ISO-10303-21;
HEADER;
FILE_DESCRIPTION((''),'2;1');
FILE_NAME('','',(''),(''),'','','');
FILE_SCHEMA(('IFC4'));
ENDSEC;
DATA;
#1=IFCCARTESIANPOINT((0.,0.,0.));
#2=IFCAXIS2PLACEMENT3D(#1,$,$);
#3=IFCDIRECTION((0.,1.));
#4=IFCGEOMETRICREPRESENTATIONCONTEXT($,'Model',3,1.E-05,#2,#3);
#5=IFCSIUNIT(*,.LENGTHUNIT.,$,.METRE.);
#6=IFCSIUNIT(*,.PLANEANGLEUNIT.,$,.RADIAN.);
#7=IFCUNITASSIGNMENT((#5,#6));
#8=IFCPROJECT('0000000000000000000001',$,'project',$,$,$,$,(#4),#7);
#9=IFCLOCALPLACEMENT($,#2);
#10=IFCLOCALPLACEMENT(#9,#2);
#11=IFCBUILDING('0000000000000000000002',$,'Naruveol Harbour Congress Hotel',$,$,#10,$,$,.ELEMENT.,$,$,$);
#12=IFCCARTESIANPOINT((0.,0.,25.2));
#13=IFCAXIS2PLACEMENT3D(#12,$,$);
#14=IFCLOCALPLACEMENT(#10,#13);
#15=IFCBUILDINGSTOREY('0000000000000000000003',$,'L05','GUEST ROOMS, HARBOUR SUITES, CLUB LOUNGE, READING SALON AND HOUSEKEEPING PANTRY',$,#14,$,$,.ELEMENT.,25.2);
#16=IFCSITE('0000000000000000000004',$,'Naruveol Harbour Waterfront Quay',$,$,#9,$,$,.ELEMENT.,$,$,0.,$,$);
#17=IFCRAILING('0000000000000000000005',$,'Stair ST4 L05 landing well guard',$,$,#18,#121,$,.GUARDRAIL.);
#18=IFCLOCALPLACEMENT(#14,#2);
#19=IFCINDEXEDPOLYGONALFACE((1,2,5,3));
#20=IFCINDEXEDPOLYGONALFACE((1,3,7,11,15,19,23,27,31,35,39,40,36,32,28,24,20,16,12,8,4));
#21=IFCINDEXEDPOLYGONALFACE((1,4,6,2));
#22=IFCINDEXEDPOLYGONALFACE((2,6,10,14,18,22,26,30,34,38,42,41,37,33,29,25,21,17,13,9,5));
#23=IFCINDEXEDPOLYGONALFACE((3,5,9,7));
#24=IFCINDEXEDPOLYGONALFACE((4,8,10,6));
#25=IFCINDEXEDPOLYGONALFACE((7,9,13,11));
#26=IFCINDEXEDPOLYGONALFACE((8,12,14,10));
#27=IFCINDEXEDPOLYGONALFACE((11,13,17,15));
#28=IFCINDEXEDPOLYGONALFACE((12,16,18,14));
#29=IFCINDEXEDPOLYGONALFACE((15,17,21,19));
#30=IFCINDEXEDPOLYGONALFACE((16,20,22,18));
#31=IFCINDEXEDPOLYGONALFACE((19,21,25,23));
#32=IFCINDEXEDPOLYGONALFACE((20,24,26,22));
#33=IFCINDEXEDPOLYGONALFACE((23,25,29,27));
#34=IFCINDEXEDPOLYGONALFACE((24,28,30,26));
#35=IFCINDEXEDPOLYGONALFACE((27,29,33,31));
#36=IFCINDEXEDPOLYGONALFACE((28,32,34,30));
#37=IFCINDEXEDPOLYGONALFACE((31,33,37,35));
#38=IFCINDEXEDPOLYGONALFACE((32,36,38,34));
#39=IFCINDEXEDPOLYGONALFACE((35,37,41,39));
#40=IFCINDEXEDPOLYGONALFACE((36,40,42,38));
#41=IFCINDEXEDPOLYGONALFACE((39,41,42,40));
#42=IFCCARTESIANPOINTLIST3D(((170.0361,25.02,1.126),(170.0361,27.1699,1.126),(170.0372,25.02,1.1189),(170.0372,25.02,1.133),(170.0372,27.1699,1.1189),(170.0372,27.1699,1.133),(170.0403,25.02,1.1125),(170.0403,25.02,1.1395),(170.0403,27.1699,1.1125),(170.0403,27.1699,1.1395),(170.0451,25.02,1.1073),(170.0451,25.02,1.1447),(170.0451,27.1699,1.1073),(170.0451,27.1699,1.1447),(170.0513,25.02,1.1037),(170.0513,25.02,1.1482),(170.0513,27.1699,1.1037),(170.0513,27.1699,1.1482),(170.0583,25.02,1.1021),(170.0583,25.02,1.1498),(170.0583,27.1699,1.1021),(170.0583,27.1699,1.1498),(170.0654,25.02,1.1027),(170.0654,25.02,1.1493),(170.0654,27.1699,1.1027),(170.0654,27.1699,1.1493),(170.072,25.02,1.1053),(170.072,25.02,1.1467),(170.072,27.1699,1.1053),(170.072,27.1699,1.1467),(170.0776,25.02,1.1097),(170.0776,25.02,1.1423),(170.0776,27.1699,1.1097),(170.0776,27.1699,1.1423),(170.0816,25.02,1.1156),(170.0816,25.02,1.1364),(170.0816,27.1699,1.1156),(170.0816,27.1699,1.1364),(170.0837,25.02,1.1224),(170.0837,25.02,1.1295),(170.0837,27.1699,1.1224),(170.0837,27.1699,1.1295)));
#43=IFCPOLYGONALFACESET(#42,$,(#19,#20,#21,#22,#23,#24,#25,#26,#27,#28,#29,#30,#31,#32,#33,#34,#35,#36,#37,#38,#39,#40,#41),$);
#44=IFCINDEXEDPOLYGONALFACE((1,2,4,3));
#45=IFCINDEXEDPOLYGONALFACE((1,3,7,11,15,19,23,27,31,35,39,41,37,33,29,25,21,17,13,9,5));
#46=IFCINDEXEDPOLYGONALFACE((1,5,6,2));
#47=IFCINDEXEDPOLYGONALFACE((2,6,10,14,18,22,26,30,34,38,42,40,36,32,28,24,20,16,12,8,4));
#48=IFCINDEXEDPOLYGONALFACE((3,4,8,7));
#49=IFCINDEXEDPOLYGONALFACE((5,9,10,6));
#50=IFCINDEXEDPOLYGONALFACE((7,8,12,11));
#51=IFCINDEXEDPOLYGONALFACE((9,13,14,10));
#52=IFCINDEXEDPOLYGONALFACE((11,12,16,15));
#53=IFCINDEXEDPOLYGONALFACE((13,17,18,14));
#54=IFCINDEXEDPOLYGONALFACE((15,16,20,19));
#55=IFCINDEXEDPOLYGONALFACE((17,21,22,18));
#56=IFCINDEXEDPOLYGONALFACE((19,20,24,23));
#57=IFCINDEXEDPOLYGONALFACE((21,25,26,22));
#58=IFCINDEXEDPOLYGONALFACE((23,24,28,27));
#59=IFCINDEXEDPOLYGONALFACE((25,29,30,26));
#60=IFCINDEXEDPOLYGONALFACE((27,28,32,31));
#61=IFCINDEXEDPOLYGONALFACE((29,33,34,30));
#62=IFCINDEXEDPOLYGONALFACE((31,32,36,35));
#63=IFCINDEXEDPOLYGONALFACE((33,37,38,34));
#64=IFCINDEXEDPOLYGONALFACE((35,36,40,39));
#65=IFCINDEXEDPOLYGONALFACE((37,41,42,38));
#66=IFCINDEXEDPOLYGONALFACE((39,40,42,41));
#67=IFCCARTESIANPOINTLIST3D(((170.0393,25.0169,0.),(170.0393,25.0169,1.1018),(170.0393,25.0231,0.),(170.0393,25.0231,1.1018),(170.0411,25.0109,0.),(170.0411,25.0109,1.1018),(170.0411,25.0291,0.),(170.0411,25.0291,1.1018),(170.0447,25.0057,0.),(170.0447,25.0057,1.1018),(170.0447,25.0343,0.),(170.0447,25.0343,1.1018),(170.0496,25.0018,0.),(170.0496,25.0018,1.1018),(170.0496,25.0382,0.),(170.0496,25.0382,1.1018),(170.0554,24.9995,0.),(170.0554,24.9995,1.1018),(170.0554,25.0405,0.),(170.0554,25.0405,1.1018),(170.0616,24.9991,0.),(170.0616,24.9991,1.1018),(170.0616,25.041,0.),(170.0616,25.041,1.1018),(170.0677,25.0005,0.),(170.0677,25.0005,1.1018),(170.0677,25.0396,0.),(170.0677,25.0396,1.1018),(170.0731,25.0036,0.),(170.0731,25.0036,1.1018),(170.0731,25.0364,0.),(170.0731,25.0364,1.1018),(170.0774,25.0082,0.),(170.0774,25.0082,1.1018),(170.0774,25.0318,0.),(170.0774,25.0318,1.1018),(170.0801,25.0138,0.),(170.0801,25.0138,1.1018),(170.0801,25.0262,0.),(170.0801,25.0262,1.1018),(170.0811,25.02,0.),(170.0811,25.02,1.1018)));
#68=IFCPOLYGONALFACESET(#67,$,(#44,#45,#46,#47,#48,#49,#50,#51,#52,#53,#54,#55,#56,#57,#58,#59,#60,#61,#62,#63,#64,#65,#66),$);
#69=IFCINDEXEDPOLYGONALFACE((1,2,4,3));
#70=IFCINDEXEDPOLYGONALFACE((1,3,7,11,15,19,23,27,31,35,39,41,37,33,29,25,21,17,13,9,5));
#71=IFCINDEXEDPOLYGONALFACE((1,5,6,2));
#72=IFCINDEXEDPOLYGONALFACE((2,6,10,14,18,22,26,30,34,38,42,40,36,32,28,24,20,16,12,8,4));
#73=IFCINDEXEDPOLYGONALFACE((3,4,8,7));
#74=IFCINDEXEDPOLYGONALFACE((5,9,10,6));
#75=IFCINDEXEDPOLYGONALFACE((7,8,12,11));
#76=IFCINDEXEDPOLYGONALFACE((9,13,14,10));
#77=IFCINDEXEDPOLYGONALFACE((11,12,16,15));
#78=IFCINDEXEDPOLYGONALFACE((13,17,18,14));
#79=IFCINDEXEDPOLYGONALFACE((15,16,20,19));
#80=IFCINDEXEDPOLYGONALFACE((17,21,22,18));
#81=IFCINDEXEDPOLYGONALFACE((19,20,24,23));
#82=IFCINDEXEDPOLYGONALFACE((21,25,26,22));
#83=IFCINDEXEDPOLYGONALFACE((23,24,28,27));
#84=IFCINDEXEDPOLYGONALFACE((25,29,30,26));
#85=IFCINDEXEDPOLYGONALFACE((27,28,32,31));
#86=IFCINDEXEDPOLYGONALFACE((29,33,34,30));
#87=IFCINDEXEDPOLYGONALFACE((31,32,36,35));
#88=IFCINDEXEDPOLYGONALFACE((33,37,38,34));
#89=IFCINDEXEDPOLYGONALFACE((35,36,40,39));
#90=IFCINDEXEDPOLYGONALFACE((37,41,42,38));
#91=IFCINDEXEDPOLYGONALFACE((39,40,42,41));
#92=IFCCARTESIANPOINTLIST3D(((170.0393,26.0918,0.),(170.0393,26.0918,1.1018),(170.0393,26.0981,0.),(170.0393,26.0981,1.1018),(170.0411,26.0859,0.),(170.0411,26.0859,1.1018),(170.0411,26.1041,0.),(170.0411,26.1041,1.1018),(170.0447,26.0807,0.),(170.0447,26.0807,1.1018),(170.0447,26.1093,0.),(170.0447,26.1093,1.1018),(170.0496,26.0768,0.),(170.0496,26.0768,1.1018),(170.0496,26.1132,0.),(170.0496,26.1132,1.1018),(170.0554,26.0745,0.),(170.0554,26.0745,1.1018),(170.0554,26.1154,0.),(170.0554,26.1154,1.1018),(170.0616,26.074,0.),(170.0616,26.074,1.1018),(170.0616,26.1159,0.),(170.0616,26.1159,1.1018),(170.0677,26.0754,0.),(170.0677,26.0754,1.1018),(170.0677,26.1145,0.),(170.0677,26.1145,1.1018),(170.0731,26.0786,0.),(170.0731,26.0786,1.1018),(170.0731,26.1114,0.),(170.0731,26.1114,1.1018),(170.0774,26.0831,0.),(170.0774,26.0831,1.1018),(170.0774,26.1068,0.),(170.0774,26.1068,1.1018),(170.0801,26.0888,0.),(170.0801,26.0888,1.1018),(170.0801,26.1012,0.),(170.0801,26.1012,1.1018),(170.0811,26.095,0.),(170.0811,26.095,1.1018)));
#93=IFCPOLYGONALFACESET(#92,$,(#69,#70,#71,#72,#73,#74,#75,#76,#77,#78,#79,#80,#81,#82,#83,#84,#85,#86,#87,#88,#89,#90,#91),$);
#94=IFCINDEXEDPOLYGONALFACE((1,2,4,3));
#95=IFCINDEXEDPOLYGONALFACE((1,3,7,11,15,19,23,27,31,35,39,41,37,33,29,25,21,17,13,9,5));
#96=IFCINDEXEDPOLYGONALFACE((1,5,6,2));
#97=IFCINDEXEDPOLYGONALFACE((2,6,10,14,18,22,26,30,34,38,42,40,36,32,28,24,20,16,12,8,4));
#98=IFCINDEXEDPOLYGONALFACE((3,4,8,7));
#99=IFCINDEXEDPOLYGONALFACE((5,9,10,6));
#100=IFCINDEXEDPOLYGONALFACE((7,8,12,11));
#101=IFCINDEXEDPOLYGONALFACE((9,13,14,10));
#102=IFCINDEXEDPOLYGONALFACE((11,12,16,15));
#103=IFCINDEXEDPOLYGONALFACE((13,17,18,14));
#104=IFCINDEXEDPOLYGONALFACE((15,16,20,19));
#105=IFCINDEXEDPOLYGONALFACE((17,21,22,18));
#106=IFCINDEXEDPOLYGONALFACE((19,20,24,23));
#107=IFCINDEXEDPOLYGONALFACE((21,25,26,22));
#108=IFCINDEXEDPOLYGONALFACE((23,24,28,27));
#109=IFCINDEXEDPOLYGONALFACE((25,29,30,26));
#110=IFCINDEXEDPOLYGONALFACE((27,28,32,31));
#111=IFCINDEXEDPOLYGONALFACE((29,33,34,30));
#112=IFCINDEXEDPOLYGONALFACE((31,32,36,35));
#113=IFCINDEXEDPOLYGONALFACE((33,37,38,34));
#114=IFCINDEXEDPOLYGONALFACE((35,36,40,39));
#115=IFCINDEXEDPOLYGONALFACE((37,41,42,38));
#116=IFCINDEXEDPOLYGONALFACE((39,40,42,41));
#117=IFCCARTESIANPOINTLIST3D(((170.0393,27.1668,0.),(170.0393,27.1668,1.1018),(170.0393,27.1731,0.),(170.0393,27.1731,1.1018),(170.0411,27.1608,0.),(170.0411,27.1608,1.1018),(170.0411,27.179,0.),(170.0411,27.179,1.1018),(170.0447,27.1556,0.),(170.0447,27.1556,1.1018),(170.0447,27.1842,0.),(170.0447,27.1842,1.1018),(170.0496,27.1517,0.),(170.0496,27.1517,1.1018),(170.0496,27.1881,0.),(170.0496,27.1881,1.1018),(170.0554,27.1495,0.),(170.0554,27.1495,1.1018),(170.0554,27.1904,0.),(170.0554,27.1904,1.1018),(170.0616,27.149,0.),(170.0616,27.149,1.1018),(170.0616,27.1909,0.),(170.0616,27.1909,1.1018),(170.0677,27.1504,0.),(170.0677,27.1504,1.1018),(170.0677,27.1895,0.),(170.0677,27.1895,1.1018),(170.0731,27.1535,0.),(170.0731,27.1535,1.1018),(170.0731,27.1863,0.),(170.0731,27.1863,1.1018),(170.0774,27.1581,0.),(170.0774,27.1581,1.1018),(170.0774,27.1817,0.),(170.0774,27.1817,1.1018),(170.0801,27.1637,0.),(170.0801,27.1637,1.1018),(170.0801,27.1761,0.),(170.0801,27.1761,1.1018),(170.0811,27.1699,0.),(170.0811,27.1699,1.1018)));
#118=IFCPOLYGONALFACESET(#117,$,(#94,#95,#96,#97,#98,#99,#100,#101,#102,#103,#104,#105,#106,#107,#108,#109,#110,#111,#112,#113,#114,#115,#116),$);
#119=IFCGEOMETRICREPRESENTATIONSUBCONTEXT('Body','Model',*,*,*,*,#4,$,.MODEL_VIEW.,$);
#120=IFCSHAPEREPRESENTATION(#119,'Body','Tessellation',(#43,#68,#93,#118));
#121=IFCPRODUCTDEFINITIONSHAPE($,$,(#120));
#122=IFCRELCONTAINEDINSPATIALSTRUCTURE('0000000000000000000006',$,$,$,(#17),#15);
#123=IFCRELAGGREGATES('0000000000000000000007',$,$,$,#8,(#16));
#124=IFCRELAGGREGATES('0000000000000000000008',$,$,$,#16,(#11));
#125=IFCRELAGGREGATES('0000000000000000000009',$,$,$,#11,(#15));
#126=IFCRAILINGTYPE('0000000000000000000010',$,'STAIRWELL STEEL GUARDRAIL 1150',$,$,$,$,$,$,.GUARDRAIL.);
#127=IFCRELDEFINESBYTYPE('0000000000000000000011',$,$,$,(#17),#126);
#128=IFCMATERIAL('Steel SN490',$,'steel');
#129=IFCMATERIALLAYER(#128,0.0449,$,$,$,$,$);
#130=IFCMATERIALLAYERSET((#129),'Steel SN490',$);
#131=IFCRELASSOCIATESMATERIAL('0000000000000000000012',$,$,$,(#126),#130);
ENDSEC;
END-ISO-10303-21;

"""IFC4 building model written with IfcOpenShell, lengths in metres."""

from ifc_helpers import new_model, si_unit, direction, frame, origin, origin_2d, place, context, subcontext, project, spatial, circle, extrude, material, layer, layer_set, type_object, element, save


model = new_model("IFC4")

# Units and contexts
model_context = context("Model", 3, precision=1e-05, world=origin(), true_north=direction((0.0, 1.0)))
body_context = subcontext(model_context, "Body", "Model", "MODEL_VIEW")
ifc_project = project(units=[si_unit("LENGTHUNIT", "METRE"), si_unit("PLANEANGLEUNIT", "RADIAN")], contexts=[model_context])

# Site, building, storey
site_placement = place(None, origin())
site = spatial("IfcSite", under=ifc_project, at=site_placement, Name="Naruveol Harbour Waterfront Quay", CompositionType="ELEMENT", RefElevation=0.0)
building_placement = place(site_placement, origin())
building = spatial("IfcBuilding", under=site, at=building_placement, Name="Naruveol Harbour Congress Hotel", CompositionType="ELEMENT")
storey_placement = place(building_placement, frame((0.0, 0.0, 25.2)))
storey = spatial("IfcBuildingStorey", under=building, at=storey_placement, Name="L05", Description="GUEST ROOMS, HARBOUR SUITES, CLUB LOUNGE, READING SALON AND HOUSEKEEPING PANTRY", CompositionType="ELEMENT", Elevation=25.2)

# Railing
ifc_material_1 = material(Name="Steel SN490", Category="steel")
ifc_layer_1 = layer(ifc_material_1, 0.0449)
ifc_layer_set_1 = layer_set([ifc_layer_1], Name="Steel SN490")
railing_type_1 = type_object("IfcRailingType", Name="STAIRWELL STEEL GUARDRAIL 1150", PredefinedType="GUARDRAIL", material=ifc_layer_set_1)
railing_1_placement = place(storey_placement, frame((170.0601, 25.02, 0.0)))
element("IfcRailing", 1, at=railing_1_placement, inside=storey, type_object=railing_type_1, Name="Stair ST4 L05 landing well guard", PredefinedType="GUARDRAIL", context=body_context, shape_type="SweptSolid", body=[
    extrude(circle(Radius=0.0239, at=origin_2d()), frame((0.0, 0.0, 1.126), z_axis=(0.0, 1.0, 0.0), x_axis=(-1.0, 0.0, 0.0)), (0.0, 0.0, 1.0), 2.1499),
    extrude(circle(Radius=0.021, at=origin_2d()), origin(), (0.0, 0.0, 1.0), 1.1018),
    extrude(circle(Radius=0.021, at=origin_2d()), frame((0.0, 1.075, 0.0)), (0.0, 0.0, 1.0), 1.1018),
    extrude(circle(Radius=0.021, at=origin_2d()), frame((0.0, 2.1499, 0.0)), (0.0, 0.0, 1.0), 1.1018),
])

save(model, "model.ifc")
